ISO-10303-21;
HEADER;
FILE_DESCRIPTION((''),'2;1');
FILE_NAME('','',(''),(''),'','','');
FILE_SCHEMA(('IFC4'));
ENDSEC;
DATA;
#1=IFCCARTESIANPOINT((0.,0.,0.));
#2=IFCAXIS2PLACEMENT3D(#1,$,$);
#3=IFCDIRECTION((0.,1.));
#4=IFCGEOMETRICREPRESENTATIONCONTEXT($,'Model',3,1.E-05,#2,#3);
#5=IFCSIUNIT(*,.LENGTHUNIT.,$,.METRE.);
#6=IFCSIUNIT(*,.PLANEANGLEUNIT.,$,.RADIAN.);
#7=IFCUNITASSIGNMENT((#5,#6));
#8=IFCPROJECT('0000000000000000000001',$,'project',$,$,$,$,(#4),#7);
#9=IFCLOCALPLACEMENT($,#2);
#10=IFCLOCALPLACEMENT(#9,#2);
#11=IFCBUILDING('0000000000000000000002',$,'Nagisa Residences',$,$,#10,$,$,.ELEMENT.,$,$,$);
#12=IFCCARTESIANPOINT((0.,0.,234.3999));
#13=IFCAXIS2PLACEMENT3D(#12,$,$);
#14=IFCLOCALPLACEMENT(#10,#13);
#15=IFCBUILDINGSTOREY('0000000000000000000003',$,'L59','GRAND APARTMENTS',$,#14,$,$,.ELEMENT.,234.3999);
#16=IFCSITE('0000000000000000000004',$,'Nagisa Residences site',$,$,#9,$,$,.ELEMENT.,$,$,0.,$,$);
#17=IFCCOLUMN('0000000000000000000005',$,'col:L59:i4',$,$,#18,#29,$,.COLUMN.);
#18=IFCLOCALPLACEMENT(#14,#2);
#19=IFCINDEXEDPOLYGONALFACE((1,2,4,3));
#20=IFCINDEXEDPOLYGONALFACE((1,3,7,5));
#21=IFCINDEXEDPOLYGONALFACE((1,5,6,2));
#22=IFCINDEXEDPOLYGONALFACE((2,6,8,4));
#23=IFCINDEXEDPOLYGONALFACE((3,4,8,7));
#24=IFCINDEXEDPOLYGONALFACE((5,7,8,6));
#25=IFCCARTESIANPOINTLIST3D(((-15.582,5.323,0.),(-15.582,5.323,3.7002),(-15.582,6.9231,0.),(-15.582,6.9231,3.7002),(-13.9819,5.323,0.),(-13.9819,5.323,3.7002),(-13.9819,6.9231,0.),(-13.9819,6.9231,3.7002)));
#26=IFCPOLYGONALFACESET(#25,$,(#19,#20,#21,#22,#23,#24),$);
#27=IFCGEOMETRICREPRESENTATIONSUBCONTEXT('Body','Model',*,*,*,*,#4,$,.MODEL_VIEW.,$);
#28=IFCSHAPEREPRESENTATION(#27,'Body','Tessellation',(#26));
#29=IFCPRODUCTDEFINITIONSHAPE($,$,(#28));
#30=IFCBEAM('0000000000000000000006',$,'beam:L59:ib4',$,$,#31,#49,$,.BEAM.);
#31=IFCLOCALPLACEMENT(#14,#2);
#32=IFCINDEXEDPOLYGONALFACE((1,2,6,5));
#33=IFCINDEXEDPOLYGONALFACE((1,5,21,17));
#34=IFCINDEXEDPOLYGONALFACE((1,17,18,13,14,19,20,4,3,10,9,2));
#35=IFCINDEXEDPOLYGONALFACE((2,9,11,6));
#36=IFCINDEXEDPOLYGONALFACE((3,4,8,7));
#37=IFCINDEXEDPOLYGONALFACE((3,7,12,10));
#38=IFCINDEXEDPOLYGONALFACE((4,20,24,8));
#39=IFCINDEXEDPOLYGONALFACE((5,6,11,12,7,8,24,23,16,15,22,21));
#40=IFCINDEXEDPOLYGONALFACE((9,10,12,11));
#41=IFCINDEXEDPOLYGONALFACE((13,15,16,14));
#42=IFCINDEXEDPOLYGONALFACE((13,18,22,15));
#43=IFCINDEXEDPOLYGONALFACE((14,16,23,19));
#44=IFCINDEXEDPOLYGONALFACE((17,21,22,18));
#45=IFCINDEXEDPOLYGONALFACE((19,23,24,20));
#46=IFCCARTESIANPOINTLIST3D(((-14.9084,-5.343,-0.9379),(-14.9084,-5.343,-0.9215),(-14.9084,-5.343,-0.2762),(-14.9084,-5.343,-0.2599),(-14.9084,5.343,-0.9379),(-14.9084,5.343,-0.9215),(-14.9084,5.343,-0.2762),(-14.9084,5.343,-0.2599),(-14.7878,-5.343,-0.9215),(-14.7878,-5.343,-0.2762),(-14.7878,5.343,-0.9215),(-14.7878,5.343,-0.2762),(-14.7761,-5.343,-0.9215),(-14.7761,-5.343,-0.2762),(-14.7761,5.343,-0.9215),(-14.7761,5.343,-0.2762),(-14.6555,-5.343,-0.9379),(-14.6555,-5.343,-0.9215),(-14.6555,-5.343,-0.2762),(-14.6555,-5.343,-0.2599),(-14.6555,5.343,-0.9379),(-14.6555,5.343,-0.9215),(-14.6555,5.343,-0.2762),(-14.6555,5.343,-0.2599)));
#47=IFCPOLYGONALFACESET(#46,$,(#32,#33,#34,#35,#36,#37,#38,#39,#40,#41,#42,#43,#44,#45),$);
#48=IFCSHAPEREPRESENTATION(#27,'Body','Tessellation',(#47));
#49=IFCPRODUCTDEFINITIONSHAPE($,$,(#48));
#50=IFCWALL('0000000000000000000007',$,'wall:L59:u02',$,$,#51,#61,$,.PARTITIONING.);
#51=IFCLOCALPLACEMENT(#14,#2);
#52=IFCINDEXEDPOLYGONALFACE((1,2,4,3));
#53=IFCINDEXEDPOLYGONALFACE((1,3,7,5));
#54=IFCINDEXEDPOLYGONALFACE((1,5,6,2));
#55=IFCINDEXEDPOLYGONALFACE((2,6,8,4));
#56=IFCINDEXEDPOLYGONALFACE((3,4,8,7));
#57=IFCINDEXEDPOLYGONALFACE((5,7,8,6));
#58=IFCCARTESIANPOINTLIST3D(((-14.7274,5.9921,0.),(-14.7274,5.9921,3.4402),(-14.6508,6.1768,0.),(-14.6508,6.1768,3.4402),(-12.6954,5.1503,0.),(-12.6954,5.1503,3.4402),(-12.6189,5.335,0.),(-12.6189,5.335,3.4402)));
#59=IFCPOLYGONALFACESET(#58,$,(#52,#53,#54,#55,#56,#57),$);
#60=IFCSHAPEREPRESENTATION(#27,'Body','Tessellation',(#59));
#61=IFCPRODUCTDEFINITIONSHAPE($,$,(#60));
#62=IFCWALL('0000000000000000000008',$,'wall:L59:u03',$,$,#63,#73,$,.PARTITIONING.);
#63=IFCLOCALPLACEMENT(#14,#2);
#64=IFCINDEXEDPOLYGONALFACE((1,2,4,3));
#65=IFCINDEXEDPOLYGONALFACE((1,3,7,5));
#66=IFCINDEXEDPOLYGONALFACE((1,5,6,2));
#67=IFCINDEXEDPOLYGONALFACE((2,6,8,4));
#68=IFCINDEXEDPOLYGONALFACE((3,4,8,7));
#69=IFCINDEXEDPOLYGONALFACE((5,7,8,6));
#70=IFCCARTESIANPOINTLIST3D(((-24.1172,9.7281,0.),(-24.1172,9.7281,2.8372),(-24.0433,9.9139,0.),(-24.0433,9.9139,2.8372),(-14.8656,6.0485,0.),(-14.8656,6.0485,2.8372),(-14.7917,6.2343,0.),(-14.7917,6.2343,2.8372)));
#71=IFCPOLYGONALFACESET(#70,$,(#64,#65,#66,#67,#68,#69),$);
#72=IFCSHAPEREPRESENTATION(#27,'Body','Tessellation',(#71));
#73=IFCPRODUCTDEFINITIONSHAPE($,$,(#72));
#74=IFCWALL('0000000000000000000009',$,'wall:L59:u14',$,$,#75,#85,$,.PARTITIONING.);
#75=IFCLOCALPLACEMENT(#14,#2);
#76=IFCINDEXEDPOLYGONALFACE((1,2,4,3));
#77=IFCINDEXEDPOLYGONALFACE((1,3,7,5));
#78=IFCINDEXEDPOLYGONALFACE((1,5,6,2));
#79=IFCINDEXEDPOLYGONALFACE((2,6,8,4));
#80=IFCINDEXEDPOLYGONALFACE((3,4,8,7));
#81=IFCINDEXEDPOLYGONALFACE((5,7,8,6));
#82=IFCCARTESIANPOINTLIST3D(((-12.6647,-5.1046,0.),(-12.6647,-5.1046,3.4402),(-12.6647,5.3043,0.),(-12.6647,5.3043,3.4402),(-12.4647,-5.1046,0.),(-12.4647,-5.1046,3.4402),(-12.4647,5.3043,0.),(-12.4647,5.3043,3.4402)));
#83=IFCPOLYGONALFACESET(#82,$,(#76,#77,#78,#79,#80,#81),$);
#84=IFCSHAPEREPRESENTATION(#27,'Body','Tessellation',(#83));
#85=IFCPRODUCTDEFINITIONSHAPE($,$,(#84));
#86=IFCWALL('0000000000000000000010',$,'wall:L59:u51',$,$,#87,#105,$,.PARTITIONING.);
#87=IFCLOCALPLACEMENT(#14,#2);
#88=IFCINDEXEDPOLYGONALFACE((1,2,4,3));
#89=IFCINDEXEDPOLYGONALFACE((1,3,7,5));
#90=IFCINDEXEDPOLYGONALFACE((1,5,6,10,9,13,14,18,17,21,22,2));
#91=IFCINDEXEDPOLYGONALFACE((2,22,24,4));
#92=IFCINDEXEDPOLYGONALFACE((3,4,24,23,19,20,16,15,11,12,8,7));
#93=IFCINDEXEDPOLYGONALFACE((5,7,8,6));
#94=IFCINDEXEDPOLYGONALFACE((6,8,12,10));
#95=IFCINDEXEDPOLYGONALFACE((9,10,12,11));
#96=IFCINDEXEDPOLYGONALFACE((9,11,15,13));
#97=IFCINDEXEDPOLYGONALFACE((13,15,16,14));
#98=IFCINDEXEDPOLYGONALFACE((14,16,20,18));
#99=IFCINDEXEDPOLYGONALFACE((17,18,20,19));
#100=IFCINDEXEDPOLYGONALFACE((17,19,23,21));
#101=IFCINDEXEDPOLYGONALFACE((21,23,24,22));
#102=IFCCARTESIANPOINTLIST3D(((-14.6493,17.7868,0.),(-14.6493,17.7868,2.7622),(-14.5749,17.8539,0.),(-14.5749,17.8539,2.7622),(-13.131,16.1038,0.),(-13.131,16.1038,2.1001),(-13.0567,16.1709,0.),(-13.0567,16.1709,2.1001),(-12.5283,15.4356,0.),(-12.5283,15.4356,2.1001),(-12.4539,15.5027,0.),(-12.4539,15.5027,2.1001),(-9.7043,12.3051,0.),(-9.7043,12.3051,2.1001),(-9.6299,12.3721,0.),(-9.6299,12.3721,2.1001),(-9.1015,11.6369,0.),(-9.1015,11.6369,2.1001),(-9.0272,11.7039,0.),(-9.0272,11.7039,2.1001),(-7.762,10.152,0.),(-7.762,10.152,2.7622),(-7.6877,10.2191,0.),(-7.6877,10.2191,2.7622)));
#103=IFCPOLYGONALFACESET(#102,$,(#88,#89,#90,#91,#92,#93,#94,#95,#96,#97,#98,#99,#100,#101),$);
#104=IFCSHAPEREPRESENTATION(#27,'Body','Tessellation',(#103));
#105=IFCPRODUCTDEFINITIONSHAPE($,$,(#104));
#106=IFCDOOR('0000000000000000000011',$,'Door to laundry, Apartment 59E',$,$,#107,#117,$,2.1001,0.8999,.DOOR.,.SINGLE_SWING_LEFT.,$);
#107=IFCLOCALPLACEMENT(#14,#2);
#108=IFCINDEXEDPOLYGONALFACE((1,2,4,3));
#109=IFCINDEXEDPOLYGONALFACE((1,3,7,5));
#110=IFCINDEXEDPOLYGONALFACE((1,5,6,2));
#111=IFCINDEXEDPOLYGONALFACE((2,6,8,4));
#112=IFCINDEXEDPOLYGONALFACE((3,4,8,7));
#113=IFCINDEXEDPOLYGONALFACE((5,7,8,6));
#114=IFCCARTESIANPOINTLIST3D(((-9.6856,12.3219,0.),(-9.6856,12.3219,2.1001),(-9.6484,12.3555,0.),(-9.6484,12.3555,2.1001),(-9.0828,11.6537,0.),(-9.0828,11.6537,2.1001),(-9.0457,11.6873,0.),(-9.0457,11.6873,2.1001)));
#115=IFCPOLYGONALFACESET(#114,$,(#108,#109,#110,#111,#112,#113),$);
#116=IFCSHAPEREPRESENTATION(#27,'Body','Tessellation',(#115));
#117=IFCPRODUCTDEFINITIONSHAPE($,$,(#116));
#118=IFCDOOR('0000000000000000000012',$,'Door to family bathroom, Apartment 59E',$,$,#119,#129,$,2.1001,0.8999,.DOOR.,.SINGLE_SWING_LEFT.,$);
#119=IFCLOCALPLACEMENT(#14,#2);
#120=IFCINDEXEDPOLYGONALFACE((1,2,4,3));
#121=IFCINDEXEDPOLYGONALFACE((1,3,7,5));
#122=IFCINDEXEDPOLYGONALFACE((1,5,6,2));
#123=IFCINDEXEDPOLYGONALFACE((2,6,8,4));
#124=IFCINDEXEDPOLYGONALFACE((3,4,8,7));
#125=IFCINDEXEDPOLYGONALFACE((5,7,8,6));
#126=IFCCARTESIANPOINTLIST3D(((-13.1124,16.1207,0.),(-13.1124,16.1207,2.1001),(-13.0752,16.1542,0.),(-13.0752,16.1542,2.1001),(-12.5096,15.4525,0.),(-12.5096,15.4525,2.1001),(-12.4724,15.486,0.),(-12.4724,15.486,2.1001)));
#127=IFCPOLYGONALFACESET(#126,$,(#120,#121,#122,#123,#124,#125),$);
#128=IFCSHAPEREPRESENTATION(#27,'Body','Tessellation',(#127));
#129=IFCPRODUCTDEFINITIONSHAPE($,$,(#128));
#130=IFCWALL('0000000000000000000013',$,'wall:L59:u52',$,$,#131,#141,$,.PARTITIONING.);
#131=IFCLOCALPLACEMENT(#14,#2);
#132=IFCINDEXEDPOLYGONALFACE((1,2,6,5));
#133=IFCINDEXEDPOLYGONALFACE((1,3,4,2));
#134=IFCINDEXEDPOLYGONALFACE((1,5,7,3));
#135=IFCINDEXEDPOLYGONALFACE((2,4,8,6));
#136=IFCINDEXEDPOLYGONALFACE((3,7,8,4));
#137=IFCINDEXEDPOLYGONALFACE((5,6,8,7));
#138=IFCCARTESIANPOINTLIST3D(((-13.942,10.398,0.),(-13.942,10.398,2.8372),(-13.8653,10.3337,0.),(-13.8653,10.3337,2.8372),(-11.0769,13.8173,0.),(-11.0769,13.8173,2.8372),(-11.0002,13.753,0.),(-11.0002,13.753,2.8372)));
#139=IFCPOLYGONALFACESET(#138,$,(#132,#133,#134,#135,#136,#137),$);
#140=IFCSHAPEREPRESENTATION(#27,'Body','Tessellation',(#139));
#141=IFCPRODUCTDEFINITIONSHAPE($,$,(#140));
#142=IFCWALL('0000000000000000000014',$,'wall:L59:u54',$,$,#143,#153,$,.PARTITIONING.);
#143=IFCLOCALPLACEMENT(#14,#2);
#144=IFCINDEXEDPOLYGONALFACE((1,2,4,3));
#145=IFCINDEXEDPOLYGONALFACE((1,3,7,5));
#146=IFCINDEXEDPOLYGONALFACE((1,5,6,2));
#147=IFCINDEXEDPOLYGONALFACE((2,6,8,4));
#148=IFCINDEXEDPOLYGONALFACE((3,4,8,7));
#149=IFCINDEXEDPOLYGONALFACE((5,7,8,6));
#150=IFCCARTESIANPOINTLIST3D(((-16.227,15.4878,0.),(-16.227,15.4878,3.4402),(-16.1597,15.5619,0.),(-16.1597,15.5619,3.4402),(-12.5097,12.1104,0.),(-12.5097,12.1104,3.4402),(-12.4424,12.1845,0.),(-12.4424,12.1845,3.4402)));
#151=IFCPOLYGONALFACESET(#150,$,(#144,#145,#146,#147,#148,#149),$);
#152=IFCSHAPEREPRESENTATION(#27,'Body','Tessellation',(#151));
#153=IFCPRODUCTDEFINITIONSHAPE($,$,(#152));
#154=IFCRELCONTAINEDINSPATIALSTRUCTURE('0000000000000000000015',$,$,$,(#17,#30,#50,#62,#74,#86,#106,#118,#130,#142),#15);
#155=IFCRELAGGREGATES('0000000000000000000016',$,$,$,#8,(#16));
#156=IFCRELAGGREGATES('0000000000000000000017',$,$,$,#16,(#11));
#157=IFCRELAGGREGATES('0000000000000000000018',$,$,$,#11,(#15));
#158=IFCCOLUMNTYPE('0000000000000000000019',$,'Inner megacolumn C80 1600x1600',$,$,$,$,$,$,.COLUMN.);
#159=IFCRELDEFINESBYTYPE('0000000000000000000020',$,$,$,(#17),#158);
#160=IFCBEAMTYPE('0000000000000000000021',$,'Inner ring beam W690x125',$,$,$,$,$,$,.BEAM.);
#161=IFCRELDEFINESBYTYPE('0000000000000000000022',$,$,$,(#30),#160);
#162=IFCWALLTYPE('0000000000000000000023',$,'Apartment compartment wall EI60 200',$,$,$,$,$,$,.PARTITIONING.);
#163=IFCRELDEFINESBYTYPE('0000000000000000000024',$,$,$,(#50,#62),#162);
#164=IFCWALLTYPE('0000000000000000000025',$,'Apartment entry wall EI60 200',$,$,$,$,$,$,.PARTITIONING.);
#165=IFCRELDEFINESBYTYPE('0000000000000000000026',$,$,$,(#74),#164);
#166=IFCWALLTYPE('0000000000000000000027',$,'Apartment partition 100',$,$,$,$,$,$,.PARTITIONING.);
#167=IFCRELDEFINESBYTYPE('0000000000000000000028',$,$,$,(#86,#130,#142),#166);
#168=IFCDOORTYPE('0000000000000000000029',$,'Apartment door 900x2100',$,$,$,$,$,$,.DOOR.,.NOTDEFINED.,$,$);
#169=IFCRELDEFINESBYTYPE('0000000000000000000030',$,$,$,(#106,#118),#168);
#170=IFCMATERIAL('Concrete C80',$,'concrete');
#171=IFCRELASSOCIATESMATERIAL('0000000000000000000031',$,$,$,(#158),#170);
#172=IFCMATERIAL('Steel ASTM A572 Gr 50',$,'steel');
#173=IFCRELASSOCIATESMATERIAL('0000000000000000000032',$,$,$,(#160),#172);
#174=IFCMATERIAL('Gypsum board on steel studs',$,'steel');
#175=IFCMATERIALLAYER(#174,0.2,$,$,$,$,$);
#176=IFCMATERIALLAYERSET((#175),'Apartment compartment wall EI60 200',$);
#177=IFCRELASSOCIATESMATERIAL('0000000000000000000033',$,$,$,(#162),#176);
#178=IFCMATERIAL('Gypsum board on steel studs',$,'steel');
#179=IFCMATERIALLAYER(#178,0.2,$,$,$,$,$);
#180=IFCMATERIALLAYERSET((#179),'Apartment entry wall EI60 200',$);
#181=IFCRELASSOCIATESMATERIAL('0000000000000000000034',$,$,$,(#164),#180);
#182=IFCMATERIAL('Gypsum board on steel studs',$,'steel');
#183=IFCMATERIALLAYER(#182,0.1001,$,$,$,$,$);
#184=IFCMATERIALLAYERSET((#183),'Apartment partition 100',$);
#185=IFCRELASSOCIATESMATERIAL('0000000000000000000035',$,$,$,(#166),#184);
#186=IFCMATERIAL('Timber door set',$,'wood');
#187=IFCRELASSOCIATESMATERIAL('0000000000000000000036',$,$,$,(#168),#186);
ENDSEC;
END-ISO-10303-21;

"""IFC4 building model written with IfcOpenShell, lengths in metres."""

from ifc_helpers import new_model, si_unit, direction, frame, frame_2d, origin, origin_2d, place, context, subcontext, project, spatial, rectangle, i_section, extrude, material, layer, layer_set, material_profile, profile_set, type_object, element, fill, save


model = new_model("IFC4")

# Units and contexts
model_context = context("Model", 3, precision=1e-05, world=origin(), true_north=direction((0.0, 1.0)))
body_context = subcontext(model_context, "Body", "Model", "MODEL_VIEW")
ifc_project = project(units=[si_unit("LENGTHUNIT", "METRE"), si_unit("PLANEANGLEUNIT", "RADIAN")], contexts=[model_context])

# Site, building, storey
site_placement = place(None, origin())
site = spatial("IfcSite", under=ifc_project, at=site_placement, Name="Nagisa Residences site", CompositionType="ELEMENT", RefElevation=0.0)
building_placement = place(site_placement, origin())
building = spatial("IfcBuilding", under=site, at=building_placement, Name="Nagisa Residences", CompositionType="ELEMENT")
storey_placement = place(building_placement, frame((0.0, 0.0, 234.3999)))
storey = spatial("IfcBuildingStorey", under=building, at=storey_placement, Name="L59", Description="GRAND APARTMENTS", CompositionType="ELEMENT", Elevation=234.3999)

# Column
ifc_material_1 = material(Name="Concrete C80", Category="concrete")
ifc_material_profile_1 = material_profile(ifc_material_1, rectangle(XDim=1.6001, YDim=1.6001, at=origin_2d()), Name="C80 1600x1600")
ifc_profile_set_1 = profile_set([ifc_material_profile_1], Name="Concrete C80")
column_type = type_object("IfcColumnType", Name="Inner megacolumn C80 1600x1600", PredefinedType="COLUMN", material=ifc_profile_set_1)
column_placement = place(storey_placement, frame((-14.782, 6.123, 0.0), z_axis=(0.0, 0.0, 1.0), x_axis=(1.0, 0.0, 0.0)))
element("IfcColumn", 1, at=column_placement, inside=storey, type_object=column_type, Name="col:L59:i4", PredefinedType="COLUMN", context=body_context, shape_type="SweptSolid", body=[
    extrude(rectangle(XDim=1.6001, YDim=1.6001, at=origin_2d()), origin(), (0.0, 0.0, 1.0), 3.7002),
])

# Beam
ifc_material_2 = material(Name="Steel ASTM A572 Gr 50", Category="steel")
ifc_material_profile_2 = material_profile(ifc_material_2, i_section(OverallWidth=0.2529, OverallDepth=0.678, WebThickness=0.0117, FlangeThickness=0.0164, at=origin_2d()), Name="W690x125")
ifc_profile_set_2 = profile_set([ifc_material_profile_2], Name="Steel ASTM A572 Gr 50")
beam_type = type_object("IfcBeamType", Name="Inner ring beam W690x125", PredefinedType="BEAM", material=ifc_profile_set_2)
beam_placement = place(storey_placement, frame((-14.782, 5.343, -0.5989), z_axis=(0.0, -1.0, 0.0), x_axis=(1.0, 0.0, 0.0)))
element("IfcBeam", 2, at=beam_placement, inside=storey, type_object=beam_type, Name="beam:L59:ib4", PredefinedType="BEAM", context=body_context, shape_type="SweptSolid", body=[
    extrude(i_section(OverallWidth=0.2529, OverallDepth=0.678, WebThickness=0.0117, FlangeThickness=0.0164, at=origin_2d()), origin(), (0.0, 0.0, 1.0), 10.686),
])

# Walls
ifc_material_3 = material(Name="Gypsum board on steel studs", Category="steel")
ifc_layer_1 = layer(ifc_material_3, 0.2)
ifc_layer_set_1 = layer_set([ifc_layer_1], Name="Apartment compartment wall EI60 200")
wall_type_1 = type_object("IfcWallType", Name="Apartment compartment wall EI60 200", PredefinedType="PARTITIONING", material=ifc_layer_set_1)
wall_1_placement = place(storey_placement, frame((-12.6572, 5.2427, 0.0), z_axis=(0.0, 0.0, 1.0), x_axis=(-0.92386, 0.382731, 0.0)))
element("IfcWall", 3, at=wall_1_placement, inside=storey, type_object=wall_type_1, Name="wall:L59:u02", PredefinedType="PARTITIONING", context=body_context, shape_type="SweptSolid", body=[
    extrude(rectangle(XDim=2.1995, YDim=0.2, at=frame_2d((1.0996, 0.0))), origin(), (0.0, 0.0, 1.0), 3.4402),
])
wall_2_placement = place(storey_placement, frame((-14.8286, 6.1414, 0.0), z_axis=(0.0, 0.0, 1.0), x_axis=(-0.929202, 0.369572, 0.0)))
element("IfcWall", 4, at=wall_2_placement, inside=storey, type_object=wall_type_1, Name="wall:L59:u03", PredefinedType="PARTITIONING", context=body_context, shape_type="SweptSolid", body=[
    extrude(rectangle(XDim=9.9565, YDim=0.2, at=frame_2d((4.9783, 0.0))), origin(), (0.0, 0.0, 1.0), 2.8372),
])
ifc_material_4 = material(Name="Gypsum board on steel studs", Category="steel")
ifc_layer_2 = layer(ifc_material_4, 0.2)
ifc_layer_set_2 = layer_set([ifc_layer_2], Name="Apartment entry wall EI60 200")
wall_type_2 = type_object("IfcWallType", Name="Apartment entry wall EI60 200", PredefinedType="PARTITIONING", material=ifc_layer_set_2)
wall_3_placement = place(storey_placement, frame((-12.5647, 5.3044, 0.0), z_axis=(0.0, 0.0, 1.0), x_axis=(0.0, -1.0, 0.0)))
element("IfcWall", 5, at=wall_3_placement, inside=storey, type_object=wall_type_2, Name="wall:L59:u14", PredefinedType="PARTITIONING", context=body_context, shape_type="SweptSolid", body=[
    extrude(rectangle(XDim=10.4089, YDim=0.2, at=frame_2d((5.2046, 0.0))), origin(), (0.0, 0.0, 1.0), 3.4402),
])

# Wall, openings, doors
ifc_material_5 = material(Name="Gypsum board on steel studs", Category="steel")
ifc_layer_3 = layer(ifc_material_5, 0.1001)
ifc_layer_set_3 = layer_set([ifc_layer_3], Name="Apartment partition 100")
wall_type_3 = type_object("IfcWallType", Name="Apartment partition 100", PredefinedType="PARTITIONING", material=ifc_layer_set_3)
wall_4_placement = place(storey_placement, frame((-7.7249, 10.1855, 0.0), z_axis=(0.0, 0.0, 1.0), x_axis=(-0.66982, 0.742524, 0.0)))
wall_4 = element("IfcWall", 6, at=wall_4_placement, inside=storey, type_object=wall_type_3, Name="wall:L59:u51", PredefinedType="PARTITIONING", context=body_context, shape_type="SweptSolid", body=[
    extrude(rectangle(XDim=10.2822, YDim=0.1001, at=frame_2d((5.1411, 0.0))), origin(), (0.0, 0.0, 1.0), 2.7622),
])
opening_1_placement = place(wall_4_placement, frame((1.9998, 0.0, 0.0)))
opening_1 = element("IfcOpeningElement", 7, at=opening_1_placement, cuts=wall_4, PredefinedType="OPENING", context=body_context, shape_type="SweptSolid", body=[
    extrude(rectangle(XDim=0.8999, YDim=2.1001, at=frame_2d((0.45, 1.05))), frame((0.0, 0.0601, 0.0), z_axis=(0.0, -1.0, 0.0), x_axis=(1.0, 0.0, 0.0)), (0.0, 0.0, 1.0), 0.1201),
])
opening_2_placement = place(wall_4_placement, frame((7.1157, 0.0, 0.0)))
opening_2 = element("IfcOpeningElement", 8, at=opening_2_placement, cuts=wall_4, PredefinedType="OPENING", context=body_context, shape_type="SweptSolid", body=[
    extrude(rectangle(XDim=0.8999, YDim=2.1001, at=frame_2d((0.45, 1.05))), frame((0.0, 0.0601, 0.0), z_axis=(0.0, -1.0, 0.0), x_axis=(1.0, 0.0, 0.0)), (0.0, 0.0, 1.0), 0.1201),
])
ifc_material_6 = material(Name="Timber door set", Category="wood")
door_type_1 = type_object("IfcDoorType", Name="Apartment door 900x2100", OperationType="NOTDEFINED", PredefinedType="DOOR", material=ifc_material_6)
door_1_placement = place(opening_1_placement, origin())
door_1 = element("IfcDoor", 9, at=door_1_placement, inside=storey, type_object=door_type_1, Name="Door to laundry, Apartment 59E", OperationType="SINGLE_SWING_LEFT", OverallHeight=2.1001, OverallWidth=0.8999, PredefinedType="DOOR", context=body_context, shape_type="SweptSolid", body=[
    extrude(rectangle(XDim=0.8999, YDim=2.1001, at=frame_2d((0.45, 1.05))), frame((0.0, 0.0249, 0.0), z_axis=(0.0, -1.0, 0.0), x_axis=(1.0, 0.0, 0.0)), (0.0, 0.0, 1.0), 0.05),
])
fill(opening_1, door_1)
door_2_placement = place(opening_2_placement, origin())
door_2 = element("IfcDoor", 10, at=door_2_placement, inside=storey, type_object=door_type_1, Name="Door to family bathroom, Apartment 59E", OperationType="SINGLE_SWING_LEFT", OverallHeight=2.1001, OverallWidth=0.8999, PredefinedType="DOOR", context=body_context, shape_type="SweptSolid", body=[
    extrude(rectangle(XDim=0.8999, YDim=2.1001, at=frame_2d((0.45, 1.05))), frame((0.0, 0.0249, 0.0), z_axis=(0.0, -1.0, 0.0), x_axis=(1.0, 0.0, 0.0)), (0.0, 0.0, 1.0), 0.05),
])
fill(opening_2, door_2)

# Walls
wall_5_placement = place(storey_placement, frame((-11.0386, 13.7852, 0.0), z_axis=(0.0, 0.0, 1.0), x_axis=(-0.642255, -0.766491, 0.0)))
element("IfcWall", 11, at=wall_5_placement, inside=storey, type_object=wall_type_3, Name="wall:L59:u52", PredefinedType="PARTITIONING", context=body_context, shape_type="SweptSolid", body=[
    extrude(rectangle(XDim=4.4609, YDim=0.1001, at=frame_2d((2.2305, 0.0))), origin(), (0.0, 0.0, 1.0), 2.8372),
])
wall_6_placement = place(storey_placement, frame((-12.4761, 12.1475, 0.0), z_axis=(0.0, 0.0, 1.0), x_axis=(-0.740129, 0.672465, 0.0)))
element("IfcWall", 12, at=wall_6_placement, inside=storey, type_object=wall_type_3, Name="wall:L59:u54", PredefinedType="PARTITIONING", context=body_context, shape_type="SweptSolid", body=[
    extrude(rectangle(XDim=5.0225, YDim=0.1001, at=frame_2d((2.5112, 0.0))), origin(), (0.0, 0.0, 1.0), 3.4402),
])

save(model, "model.ifc")
